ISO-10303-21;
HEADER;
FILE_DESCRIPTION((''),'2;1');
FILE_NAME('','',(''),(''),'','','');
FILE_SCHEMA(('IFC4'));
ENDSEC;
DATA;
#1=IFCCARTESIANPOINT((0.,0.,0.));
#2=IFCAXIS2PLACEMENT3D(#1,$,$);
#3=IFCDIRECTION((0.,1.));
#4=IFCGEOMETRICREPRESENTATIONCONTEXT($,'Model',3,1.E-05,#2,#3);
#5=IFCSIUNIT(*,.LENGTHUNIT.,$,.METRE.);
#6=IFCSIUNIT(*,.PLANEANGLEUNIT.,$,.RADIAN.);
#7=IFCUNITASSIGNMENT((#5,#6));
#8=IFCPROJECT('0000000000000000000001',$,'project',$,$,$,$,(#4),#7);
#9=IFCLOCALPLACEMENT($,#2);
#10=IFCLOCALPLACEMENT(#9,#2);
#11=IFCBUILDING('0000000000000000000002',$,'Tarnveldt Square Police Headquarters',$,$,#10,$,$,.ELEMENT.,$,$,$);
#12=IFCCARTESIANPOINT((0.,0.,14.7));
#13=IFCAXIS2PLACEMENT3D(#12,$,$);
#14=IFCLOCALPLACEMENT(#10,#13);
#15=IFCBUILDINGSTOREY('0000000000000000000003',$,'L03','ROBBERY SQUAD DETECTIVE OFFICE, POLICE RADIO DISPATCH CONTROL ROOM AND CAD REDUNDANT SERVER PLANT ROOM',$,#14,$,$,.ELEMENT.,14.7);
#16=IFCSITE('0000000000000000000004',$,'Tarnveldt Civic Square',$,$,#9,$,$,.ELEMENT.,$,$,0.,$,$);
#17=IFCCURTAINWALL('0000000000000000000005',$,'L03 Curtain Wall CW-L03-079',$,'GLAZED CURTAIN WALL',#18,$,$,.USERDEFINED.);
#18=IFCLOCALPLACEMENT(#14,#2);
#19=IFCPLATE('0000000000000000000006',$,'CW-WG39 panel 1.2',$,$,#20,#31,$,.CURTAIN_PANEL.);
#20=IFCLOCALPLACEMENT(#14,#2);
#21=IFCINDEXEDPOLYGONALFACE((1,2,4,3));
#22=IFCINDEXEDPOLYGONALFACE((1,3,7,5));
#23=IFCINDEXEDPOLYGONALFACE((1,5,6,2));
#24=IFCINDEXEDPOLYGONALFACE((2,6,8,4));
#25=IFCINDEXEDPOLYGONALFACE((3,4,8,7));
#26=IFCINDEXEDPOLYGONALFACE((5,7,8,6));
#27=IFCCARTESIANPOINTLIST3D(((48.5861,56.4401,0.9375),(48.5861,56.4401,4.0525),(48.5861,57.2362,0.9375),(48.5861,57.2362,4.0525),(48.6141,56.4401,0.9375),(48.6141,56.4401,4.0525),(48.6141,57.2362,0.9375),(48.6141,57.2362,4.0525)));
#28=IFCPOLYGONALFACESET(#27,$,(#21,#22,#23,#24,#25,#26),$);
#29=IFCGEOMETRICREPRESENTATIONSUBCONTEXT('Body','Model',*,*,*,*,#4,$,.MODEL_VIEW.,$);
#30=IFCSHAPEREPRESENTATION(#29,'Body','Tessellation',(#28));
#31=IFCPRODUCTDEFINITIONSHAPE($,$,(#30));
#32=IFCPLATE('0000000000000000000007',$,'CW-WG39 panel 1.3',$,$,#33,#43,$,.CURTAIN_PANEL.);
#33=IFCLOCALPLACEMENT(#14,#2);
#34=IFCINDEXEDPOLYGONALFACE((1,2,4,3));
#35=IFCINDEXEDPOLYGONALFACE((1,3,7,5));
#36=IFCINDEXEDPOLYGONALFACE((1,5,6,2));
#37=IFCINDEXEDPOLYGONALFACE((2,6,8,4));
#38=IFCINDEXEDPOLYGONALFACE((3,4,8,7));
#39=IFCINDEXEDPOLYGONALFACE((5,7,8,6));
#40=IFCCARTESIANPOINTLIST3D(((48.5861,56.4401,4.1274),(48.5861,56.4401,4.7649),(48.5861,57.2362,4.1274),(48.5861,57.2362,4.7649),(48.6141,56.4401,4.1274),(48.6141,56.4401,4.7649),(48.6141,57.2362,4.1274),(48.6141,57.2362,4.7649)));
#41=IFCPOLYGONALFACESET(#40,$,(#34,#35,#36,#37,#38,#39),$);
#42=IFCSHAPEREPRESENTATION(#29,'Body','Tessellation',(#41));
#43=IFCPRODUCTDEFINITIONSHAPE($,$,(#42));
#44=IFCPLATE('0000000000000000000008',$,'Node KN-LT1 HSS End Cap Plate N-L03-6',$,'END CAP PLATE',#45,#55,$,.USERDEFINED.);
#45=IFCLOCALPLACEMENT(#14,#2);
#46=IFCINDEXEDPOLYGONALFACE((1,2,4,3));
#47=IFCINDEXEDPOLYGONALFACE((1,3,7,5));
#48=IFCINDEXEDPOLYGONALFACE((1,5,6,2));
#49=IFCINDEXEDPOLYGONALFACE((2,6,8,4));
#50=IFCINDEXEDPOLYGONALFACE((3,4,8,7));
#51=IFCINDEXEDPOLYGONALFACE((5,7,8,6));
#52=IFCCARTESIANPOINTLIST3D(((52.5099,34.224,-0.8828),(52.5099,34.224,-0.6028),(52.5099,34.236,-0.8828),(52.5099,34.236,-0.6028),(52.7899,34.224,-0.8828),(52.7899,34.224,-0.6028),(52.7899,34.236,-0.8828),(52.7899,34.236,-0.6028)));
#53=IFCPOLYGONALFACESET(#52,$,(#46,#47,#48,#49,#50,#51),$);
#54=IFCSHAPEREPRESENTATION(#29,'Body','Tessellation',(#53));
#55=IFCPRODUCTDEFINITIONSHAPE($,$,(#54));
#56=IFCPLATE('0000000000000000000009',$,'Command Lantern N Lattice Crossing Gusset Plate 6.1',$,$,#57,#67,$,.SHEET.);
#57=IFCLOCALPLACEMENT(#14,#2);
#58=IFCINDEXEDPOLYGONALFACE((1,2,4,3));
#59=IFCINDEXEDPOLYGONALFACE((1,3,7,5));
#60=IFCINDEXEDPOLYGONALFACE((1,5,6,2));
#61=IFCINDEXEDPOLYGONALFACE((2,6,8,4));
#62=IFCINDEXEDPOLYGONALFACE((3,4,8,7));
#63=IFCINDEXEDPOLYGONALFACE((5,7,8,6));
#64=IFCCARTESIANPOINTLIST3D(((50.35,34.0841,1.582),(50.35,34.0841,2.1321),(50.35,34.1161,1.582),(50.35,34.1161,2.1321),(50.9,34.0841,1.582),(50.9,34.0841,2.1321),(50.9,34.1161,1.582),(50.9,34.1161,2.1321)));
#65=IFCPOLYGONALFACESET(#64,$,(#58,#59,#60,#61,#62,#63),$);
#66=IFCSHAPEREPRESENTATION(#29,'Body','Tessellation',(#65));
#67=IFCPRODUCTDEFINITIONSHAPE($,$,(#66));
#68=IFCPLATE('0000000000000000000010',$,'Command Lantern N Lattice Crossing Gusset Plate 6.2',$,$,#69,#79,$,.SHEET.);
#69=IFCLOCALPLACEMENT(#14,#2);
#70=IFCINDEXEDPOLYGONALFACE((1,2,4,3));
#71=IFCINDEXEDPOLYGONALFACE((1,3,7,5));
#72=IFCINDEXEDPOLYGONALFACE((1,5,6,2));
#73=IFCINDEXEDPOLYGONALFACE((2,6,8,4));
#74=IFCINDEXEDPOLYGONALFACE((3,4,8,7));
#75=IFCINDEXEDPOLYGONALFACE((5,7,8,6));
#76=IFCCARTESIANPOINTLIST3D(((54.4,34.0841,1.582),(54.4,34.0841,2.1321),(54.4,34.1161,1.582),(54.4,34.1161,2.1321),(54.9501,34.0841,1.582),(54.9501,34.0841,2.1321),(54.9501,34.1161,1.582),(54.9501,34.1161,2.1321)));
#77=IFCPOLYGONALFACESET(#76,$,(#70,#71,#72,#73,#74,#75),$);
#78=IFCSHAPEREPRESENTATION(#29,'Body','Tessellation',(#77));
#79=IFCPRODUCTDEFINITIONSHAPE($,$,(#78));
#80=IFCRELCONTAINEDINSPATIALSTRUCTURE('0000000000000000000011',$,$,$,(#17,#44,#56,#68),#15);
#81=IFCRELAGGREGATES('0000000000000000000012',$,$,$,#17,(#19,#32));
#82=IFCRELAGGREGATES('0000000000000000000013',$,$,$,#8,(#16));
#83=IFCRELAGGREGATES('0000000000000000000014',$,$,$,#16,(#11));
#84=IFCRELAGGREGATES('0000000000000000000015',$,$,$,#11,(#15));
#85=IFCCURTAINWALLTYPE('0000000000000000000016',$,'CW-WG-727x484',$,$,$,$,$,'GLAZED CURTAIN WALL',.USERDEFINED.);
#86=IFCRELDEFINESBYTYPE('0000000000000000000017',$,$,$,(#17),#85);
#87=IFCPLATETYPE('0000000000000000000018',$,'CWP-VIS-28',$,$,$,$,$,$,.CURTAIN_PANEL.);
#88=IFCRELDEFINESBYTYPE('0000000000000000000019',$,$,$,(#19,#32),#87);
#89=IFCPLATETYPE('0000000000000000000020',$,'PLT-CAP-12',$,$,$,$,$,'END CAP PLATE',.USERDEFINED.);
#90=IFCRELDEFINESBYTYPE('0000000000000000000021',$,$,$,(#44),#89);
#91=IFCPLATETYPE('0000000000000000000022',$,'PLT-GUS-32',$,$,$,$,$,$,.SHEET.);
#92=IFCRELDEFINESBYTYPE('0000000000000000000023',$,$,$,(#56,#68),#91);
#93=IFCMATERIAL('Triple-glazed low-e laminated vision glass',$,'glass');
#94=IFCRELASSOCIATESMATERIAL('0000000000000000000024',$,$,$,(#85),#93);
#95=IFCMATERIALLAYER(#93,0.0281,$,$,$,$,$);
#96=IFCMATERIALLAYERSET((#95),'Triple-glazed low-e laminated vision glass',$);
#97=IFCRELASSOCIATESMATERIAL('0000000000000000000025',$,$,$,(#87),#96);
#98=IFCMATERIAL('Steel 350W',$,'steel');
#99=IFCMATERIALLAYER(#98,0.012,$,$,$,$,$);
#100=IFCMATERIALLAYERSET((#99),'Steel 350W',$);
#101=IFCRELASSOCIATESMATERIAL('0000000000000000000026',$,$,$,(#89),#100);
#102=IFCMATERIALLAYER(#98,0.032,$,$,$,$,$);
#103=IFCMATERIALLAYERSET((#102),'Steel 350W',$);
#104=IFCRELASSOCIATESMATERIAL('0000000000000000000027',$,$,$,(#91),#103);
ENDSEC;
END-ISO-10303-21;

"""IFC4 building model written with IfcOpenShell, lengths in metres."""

from ifc_helpers import new_model, si_unit, direction, frame, origin, origin_2d, place, context, subcontext, project, spatial, rectangle, extrude, material, layer, layer_set, type_object, element, aggregate, save


model = new_model("IFC4")

# Units and contexts
model_context = context("Model", 3, precision=1e-05, world=origin(), true_north=direction((0.0, 1.0)))
body_context = subcontext(model_context, "Body", "Model", "MODEL_VIEW")
ifc_project = project(units=[si_unit("LENGTHUNIT", "METRE"), si_unit("PLANEANGLEUNIT", "RADIAN")], contexts=[model_context])

# Site, building, storey
site_placement = place(None, origin())
site = spatial("IfcSite", under=ifc_project, at=site_placement, Name="Tarnveldt Civic Square", CompositionType="ELEMENT", RefElevation=0.0)
building_placement = place(site_placement, origin())
building = spatial("IfcBuilding", under=site, at=building_placement, Name="Tarnveldt Square Police Headquarters", CompositionType="ELEMENT")
storey_placement = place(building_placement, frame((0.0, 0.0, 14.7)))
storey = spatial("IfcBuildingStorey", under=building, at=storey_placement, Name="L03", Description="ROBBERY SQUAD DETECTIVE OFFICE, POLICE RADIO DISPATCH CONTROL ROOM AND CAD REDUNDANT SERVER PLANT ROOM", CompositionType="ELEMENT", Elevation=14.7)

# Shared definitions
ifc_material_1 = material(Name="Steel 350W", Category="steel")

# Curtain wall
ifc_material_2 = material(Name="Triple-glazed low-e laminated vision glass", Category="glass")
curtain_wall_type_1 = type_object("IfcCurtainWallType", Name="CW-WG-727x484", ElementType="GLAZED CURTAIN WALL", PredefinedType="USERDEFINED", material=ifc_material_2)
curtain_wall_1_placement = place(storey_placement, origin())
curtain_wall_1 = element("IfcCurtainWall", 1, at=curtain_wall_1_placement, inside=storey, type_object=curtain_wall_type_1, Name="L03 Curtain Wall CW-L03-079", ObjectType="GLAZED CURTAIN WALL", PredefinedType="USERDEFINED")

# Plates
ifc_layer_1 = layer(ifc_material_2, 0.0281)
ifc_layer_set_1 = layer_set([ifc_layer_1], Name="Triple-glazed low-e laminated vision glass")
plate_type_1 = type_object("IfcPlateType", Name="CWP-VIS-28", PredefinedType="CURTAIN_PANEL", material=ifc_layer_set_1)
plate_1_placement = place(storey_placement, frame((48.6001, 56.8381, 0.9375), z_axis=(0.0, 0.0, 1.0), x_axis=(0.0, 1.0, 0.0)))
plate_1 = element("IfcPlate", 2, at=plate_1_placement, type_object=plate_type_1, Name="CW-WG39 panel 1.2", PredefinedType="CURTAIN_PANEL", context=body_context, shape_type="SweptSolid", body=[
    extrude(rectangle(XDim=0.7961, YDim=0.0281, at=origin_2d()), origin(), (0.0, 0.0, 1.0), 3.115),
])
plate_2_placement = place(storey_placement, frame((48.6001, 56.8381, 4.1274), z_axis=(0.0, 0.0, 1.0), x_axis=(0.0, 1.0, 0.0)))
plate_2 = element("IfcPlate", 3, at=plate_2_placement, type_object=plate_type_1, Name="CW-WG39 panel 1.3", PredefinedType="CURTAIN_PANEL", context=body_context, shape_type="SweptSolid", body=[
    extrude(rectangle(XDim=0.7961, YDim=0.0281, at=origin_2d()), origin(), (0.0, 0.0, 1.0), 0.6375),
])
aggregate(curtain_wall_1, [plate_1, plate_2])

# Plates
ifc_layer_2 = layer(ifc_material_1, 0.012)
ifc_layer_set_2 = layer_set([ifc_layer_2], Name="Steel 350W")
plate_type_2 = type_object("IfcPlateType", Name="PLT-CAP-12", ElementType="END CAP PLATE", PredefinedType="USERDEFINED", material=ifc_layer_set_2)
plate_3_placement = place(storey_placement, frame((52.6499, 34.23, -0.8828), z_axis=(0.0, 0.0, 1.0), x_axis=(1.0, 0.0, 0.0)))
element("IfcPlate", 4, at=plate_3_placement, inside=storey, type_object=plate_type_2, Name="Node KN-LT1 HSS End Cap Plate N-L03-6", ObjectType="END CAP PLATE", PredefinedType="USERDEFINED", context=body_context, shape_type="SweptSolid", body=[
    extrude(rectangle(XDim=0.28, YDim=0.012, at=origin_2d()), origin(), (0.0, 0.0, 1.0), 0.28),
])
ifc_layer_3 = layer(ifc_material_1, 0.032)
ifc_layer_set_3 = layer_set([ifc_layer_3], Name="Steel 350W")
plate_type_3 = type_object("IfcPlateType", Name="PLT-GUS-32", PredefinedType="SHEET", material=ifc_layer_set_3)
for number, where, z_axis, x_axis, name in (
    (5, (50.625, 34.1001, 1.582), (0.0, 0.0, 1.0), (1.0, 0.0, 0.0), "Command Lantern N Lattice Crossing Gusset Plate 6.1"),
    (6, (54.675, 34.1001, 1.582), (0.0, 0.0, 1.0), (1.0, 0.0, 0.0), "Command Lantern N Lattice Crossing Gusset Plate 6.2"),
):
    element("IfcPlate", number, at=place(storey_placement, frame(where, z_axis=z_axis, x_axis=x_axis)), inside=storey, type_object=plate_type_3, Name=name, PredefinedType="SHEET", context=body_context, shape_type="SweptSolid", body=[
        extrude(rectangle(XDim=0.55, YDim=0.032, at=origin_2d()), origin(), (0.0, 0.0, 1.0), 0.55),
    ])

save(model, "model.ifc")
